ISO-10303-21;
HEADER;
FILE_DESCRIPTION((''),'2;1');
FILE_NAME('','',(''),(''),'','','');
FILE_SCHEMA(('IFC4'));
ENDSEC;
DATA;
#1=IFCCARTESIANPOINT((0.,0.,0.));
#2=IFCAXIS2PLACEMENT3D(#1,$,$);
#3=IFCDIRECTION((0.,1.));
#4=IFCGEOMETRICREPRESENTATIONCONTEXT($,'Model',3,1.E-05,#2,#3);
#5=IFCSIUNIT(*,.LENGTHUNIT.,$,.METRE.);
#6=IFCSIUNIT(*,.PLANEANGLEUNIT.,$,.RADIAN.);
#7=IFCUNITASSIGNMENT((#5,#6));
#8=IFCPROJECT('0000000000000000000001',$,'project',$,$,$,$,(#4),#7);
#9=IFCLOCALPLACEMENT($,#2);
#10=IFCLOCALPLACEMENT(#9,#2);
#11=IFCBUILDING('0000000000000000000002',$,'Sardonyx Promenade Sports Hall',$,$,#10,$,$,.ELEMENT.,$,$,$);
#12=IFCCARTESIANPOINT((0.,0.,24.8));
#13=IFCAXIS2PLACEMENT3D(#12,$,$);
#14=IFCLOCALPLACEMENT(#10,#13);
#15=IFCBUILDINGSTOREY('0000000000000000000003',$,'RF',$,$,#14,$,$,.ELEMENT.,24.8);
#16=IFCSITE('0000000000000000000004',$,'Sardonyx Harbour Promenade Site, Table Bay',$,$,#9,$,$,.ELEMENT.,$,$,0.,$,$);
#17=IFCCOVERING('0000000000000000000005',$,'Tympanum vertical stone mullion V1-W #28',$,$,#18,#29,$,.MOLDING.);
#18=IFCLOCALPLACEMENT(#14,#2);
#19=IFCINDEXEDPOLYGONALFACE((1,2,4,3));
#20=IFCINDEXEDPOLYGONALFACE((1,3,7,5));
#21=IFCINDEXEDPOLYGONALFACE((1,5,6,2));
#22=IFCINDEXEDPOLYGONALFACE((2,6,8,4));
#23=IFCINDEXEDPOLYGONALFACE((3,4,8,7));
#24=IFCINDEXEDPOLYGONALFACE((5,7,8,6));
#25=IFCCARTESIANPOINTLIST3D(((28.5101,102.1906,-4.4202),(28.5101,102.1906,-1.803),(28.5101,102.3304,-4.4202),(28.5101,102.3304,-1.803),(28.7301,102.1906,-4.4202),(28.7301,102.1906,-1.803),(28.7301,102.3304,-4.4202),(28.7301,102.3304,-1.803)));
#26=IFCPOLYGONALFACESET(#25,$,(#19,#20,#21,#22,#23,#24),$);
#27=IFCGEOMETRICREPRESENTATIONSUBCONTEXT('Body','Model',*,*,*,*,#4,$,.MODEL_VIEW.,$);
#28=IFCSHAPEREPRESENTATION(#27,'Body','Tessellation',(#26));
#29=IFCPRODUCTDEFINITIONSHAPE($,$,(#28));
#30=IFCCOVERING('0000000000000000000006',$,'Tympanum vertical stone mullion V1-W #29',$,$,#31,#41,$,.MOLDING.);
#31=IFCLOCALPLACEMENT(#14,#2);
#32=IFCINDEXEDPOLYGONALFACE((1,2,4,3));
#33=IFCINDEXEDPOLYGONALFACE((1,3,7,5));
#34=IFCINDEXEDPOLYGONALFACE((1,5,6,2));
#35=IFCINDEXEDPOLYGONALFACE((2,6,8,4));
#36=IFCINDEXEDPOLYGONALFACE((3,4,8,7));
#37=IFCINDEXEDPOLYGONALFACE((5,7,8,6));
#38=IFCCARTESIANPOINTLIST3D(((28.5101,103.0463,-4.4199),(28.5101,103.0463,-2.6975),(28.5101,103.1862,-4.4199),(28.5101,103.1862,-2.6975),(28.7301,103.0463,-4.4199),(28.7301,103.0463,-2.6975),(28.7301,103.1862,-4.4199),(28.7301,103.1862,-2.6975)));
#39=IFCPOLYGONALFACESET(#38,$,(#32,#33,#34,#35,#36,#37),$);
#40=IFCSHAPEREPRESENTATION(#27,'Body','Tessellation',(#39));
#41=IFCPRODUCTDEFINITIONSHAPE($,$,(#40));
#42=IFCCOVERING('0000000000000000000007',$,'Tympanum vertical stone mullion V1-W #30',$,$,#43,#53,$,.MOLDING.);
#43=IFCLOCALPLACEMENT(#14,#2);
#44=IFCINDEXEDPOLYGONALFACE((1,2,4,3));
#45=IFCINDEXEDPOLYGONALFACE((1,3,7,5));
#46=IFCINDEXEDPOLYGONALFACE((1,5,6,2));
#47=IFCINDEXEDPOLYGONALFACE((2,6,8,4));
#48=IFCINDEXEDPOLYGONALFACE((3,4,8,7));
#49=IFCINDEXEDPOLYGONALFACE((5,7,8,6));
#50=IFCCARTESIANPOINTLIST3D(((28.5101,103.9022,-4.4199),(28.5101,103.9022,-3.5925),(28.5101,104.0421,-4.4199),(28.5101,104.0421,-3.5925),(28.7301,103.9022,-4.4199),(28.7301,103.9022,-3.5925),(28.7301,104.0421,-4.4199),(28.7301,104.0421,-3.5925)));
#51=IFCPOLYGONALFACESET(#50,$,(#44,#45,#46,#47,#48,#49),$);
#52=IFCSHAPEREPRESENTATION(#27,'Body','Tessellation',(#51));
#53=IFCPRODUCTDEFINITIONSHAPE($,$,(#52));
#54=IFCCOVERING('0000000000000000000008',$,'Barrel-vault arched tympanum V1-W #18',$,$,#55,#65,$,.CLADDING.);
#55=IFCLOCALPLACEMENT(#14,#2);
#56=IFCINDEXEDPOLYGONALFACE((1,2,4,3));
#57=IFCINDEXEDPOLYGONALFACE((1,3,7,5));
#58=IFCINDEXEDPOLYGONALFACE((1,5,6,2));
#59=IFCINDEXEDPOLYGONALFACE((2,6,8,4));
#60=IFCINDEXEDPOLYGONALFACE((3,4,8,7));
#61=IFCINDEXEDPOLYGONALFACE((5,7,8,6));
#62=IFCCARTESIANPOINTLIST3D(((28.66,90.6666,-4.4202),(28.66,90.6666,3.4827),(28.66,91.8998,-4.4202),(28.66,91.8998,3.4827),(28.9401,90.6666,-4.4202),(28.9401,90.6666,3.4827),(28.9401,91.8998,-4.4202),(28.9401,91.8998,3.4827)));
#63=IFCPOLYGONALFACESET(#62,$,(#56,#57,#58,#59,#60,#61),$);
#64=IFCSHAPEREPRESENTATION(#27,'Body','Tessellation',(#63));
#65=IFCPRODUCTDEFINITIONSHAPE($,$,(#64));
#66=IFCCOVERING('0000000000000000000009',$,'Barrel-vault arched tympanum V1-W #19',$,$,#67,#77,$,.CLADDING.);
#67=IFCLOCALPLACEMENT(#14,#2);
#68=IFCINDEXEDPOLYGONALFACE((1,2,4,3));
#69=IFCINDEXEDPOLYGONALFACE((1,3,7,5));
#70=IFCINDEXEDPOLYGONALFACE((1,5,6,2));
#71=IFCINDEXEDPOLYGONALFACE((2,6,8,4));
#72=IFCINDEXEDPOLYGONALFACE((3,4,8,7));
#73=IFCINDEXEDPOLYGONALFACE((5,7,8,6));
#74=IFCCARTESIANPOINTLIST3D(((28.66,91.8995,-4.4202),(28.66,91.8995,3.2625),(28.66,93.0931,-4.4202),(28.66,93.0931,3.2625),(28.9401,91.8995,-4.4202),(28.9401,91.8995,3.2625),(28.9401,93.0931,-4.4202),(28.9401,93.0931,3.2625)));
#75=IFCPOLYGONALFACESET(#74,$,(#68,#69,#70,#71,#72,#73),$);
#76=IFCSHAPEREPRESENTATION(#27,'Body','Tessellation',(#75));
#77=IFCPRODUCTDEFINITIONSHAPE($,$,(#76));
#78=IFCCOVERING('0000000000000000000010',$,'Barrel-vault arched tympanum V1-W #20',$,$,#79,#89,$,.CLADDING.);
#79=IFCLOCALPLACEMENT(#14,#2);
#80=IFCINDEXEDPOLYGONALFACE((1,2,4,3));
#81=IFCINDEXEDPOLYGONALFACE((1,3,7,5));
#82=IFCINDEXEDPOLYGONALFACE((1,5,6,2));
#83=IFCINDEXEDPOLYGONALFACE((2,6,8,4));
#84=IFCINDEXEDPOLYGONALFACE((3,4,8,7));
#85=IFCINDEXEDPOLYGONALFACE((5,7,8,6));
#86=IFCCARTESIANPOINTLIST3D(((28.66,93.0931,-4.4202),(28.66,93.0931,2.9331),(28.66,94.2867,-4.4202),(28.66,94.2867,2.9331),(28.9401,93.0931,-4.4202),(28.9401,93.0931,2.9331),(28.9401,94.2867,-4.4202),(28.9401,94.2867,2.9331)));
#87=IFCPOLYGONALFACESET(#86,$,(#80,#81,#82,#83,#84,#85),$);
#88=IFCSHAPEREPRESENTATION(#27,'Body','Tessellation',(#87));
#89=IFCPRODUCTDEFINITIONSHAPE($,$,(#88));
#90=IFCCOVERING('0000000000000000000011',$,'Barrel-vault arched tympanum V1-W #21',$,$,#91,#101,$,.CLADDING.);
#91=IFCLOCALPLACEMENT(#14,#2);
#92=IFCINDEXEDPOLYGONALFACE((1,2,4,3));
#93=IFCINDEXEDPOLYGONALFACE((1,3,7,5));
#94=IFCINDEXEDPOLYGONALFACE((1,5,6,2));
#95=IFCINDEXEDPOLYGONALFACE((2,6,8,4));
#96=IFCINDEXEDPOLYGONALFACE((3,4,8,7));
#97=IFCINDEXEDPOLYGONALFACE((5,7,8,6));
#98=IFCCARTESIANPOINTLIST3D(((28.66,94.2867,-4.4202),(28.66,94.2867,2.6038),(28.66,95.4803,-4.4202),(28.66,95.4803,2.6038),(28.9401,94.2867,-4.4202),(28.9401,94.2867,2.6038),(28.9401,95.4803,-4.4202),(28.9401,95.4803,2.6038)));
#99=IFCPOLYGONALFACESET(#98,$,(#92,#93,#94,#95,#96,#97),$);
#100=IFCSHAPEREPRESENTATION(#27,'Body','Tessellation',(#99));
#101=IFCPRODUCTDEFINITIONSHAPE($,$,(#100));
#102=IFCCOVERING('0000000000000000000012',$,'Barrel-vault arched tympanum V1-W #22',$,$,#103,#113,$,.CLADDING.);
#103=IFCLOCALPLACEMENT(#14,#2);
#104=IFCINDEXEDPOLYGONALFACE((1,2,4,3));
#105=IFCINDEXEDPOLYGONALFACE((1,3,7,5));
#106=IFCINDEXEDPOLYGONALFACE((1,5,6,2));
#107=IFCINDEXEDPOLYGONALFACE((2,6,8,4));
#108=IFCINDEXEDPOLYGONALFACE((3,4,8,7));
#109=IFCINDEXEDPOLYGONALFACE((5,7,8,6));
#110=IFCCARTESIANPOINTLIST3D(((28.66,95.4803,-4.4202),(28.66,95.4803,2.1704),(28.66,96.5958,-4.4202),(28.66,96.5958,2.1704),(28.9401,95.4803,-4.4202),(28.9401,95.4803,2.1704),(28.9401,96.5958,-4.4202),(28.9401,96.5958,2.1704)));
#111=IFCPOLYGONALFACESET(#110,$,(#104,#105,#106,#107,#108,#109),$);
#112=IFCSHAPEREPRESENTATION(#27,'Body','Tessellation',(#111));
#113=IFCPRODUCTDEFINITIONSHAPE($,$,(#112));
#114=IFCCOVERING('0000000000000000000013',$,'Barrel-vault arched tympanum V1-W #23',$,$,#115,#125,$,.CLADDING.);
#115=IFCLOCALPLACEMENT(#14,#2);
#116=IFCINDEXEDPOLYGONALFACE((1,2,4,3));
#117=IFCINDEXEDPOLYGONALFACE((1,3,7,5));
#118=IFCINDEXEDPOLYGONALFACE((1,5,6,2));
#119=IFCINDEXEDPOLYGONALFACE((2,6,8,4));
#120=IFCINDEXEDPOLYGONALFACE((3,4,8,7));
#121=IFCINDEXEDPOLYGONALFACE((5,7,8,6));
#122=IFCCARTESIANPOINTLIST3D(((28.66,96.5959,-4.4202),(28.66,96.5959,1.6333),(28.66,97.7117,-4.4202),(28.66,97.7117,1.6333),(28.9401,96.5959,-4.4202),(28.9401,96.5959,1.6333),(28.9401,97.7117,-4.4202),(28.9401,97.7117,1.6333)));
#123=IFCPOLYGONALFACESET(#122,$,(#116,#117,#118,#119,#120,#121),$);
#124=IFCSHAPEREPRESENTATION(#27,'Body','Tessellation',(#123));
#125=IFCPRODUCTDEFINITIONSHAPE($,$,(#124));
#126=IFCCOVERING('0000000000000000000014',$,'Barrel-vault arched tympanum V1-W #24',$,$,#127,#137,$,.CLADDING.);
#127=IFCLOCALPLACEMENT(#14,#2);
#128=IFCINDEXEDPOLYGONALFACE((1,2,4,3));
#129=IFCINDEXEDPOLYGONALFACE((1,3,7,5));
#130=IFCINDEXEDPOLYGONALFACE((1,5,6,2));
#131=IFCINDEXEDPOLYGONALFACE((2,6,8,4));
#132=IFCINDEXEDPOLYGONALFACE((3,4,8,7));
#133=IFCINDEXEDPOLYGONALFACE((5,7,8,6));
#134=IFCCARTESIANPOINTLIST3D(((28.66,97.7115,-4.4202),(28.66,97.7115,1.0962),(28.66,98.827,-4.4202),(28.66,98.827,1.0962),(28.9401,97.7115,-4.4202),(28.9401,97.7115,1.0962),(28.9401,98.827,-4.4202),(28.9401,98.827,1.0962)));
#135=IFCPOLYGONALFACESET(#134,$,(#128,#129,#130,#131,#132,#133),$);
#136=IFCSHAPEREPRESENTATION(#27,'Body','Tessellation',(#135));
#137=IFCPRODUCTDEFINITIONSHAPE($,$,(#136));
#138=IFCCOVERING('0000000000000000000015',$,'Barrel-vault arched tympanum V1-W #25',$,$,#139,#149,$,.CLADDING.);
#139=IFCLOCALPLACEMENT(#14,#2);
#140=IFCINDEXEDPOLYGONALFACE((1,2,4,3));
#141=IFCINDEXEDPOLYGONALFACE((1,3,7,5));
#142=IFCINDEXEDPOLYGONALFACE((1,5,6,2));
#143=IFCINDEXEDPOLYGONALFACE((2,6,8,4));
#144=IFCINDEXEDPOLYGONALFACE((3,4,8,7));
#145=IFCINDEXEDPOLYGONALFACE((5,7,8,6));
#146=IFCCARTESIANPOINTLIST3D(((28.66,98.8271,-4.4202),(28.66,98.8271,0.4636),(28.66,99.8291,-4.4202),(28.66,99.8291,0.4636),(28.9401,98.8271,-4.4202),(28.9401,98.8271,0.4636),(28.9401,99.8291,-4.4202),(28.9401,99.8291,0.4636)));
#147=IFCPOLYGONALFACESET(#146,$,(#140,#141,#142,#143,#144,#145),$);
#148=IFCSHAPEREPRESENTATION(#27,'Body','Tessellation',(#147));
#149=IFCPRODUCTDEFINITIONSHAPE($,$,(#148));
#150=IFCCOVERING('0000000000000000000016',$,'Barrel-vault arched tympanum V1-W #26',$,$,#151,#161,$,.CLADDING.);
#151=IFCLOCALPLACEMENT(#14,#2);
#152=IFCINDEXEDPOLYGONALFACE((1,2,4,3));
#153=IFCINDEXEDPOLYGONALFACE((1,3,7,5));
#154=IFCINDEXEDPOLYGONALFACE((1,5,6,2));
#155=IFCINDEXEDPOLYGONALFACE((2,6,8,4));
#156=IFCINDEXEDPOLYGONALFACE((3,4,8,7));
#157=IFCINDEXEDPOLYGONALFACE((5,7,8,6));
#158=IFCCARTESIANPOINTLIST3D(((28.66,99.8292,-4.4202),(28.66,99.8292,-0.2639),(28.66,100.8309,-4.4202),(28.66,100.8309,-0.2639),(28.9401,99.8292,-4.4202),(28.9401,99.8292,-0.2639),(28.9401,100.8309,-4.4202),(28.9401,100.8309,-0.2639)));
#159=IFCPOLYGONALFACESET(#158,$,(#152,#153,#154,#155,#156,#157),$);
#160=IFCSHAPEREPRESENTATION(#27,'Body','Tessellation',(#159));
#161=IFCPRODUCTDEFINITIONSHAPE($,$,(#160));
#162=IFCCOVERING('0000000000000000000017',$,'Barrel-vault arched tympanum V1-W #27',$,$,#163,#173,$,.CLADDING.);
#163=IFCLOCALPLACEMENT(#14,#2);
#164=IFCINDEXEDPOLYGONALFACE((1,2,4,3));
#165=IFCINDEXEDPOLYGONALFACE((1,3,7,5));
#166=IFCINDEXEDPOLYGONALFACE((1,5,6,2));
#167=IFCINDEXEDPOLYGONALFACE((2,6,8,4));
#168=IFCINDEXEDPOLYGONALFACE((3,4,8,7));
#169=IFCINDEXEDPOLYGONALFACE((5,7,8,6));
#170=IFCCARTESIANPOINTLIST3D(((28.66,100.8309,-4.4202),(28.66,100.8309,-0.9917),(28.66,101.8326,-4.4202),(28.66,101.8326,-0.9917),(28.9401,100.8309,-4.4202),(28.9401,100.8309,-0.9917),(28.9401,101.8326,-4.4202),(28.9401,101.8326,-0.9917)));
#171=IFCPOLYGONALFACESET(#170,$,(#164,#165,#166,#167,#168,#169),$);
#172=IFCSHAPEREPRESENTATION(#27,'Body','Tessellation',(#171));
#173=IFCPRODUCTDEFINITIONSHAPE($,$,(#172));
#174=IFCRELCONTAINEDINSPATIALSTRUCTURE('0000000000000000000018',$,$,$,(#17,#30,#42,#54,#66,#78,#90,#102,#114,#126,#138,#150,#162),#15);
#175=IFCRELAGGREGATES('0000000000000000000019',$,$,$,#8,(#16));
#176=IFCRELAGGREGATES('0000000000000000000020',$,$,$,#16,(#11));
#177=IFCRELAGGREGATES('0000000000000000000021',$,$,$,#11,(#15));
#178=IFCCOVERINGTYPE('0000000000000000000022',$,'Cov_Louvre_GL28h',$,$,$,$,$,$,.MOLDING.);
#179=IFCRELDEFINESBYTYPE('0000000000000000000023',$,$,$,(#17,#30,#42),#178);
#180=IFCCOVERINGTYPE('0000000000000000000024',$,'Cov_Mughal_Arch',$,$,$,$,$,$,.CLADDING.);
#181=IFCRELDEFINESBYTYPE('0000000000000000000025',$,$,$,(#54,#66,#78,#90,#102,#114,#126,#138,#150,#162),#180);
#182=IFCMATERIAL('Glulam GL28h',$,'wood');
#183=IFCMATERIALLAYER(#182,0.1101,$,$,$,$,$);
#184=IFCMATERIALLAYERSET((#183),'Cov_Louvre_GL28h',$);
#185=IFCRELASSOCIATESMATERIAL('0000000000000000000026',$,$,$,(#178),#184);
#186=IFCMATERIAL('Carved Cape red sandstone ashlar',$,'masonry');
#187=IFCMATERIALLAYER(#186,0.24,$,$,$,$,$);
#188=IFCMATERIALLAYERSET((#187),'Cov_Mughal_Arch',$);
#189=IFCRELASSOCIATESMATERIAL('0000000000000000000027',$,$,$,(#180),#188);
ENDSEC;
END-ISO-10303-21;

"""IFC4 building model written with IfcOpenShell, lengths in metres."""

from ifc_helpers import new_model, si_unit, direction, frame, frame_2d, origin, origin_2d, place, context, subcontext, project, spatial, rectangle, extrude, material, layer, layer_set, type_object, element, save


model = new_model("IFC4")

# Units and contexts
model_context = context("Model", 3, precision=1e-05, world=origin(), true_north=direction((0.0, 1.0)))
body_context = subcontext(model_context, "Body", "Model", "MODEL_VIEW")
ifc_project = project(units=[si_unit("LENGTHUNIT", "METRE"), si_unit("PLANEANGLEUNIT", "RADIAN")], contexts=[model_context])

# Site, building, storey
site_placement = place(None, origin())
site = spatial("IfcSite", under=ifc_project, at=site_placement, Name="Sardonyx Harbour Promenade Site, Table Bay", CompositionType="ELEMENT", RefElevation=0.0)
building_placement = place(site_placement, origin())
building = spatial("IfcBuilding", under=site, at=building_placement, Name="Sardonyx Promenade Sports Hall", CompositionType="ELEMENT")
storey_placement = place(building_placement, frame((0.0, 0.0, 24.8)))
storey = spatial("IfcBuildingStorey", under=building, at=storey_placement, Name="RF", CompositionType="ELEMENT", Elevation=24.8)

# Coverings
ifc_material_1 = material(Name="Glulam GL28h", Category="wood")
ifc_layer_1 = layer(ifc_material_1, 0.1101)
ifc_layer_set_1 = layer_set([ifc_layer_1], Name="Cov_Louvre_GL28h")
covering_type_1 = type_object("IfcCoveringType", Name="Cov_Louvre_GL28h", PredefinedType="MOLDING", material=ifc_layer_set_1)
covering_1_placement = place(storey_placement, frame((28.6201, 102.2605, -4.4202), z_axis=(0.0, 0.0, 1.0), x_axis=(1.0, 0.0, 0.0)))
element("IfcCovering", 1, at=covering_1_placement, inside=storey, type_object=covering_type_1, Name="Tympanum vertical stone mullion V1-W #28", PredefinedType="MOLDING", context=body_context, shape_type="SweptSolid", body=[
    extrude(rectangle(XDim=0.22, YDim=0.1399, at=origin_2d()), origin(), (0.0, 0.0, 1.0), 2.6172),
])
covering_2_placement = place(storey_placement, frame((28.6201, 103.1162, -4.4199), z_axis=(0.0, 0.0, 1.0), x_axis=(1.0, 0.0, 0.0)))
element("IfcCovering", 2, at=covering_2_placement, inside=storey, type_object=covering_type_1, Name="Tympanum vertical stone mullion V1-W #29", PredefinedType="MOLDING", context=body_context, shape_type="SweptSolid", body=[
    extrude(rectangle(XDim=0.22, YDim=0.1399, at=origin_2d()), origin(), (0.0, 0.0, 1.0), 1.7224),
])
covering_3_placement = place(storey_placement, frame((28.6201, 103.9722, -4.4199), z_axis=(0.0, 0.0, 1.0), x_axis=(1.0, 0.0, 0.0)))
element("IfcCovering", 3, at=covering_3_placement, inside=storey, type_object=covering_type_1, Name="Tympanum vertical stone mullion V1-W #30", PredefinedType="MOLDING", context=body_context, shape_type="SweptSolid", body=[
    extrude(rectangle(XDim=0.22, YDim=0.1399, at=origin_2d()), origin(), (0.0, 0.0, 1.0), 0.8274),
])
ifc_material_2 = material(Name="Carved Cape red sandstone ashlar", Category="masonry")
ifc_layer_2 = layer(ifc_material_2, 0.24)
ifc_layer_set_2 = layer_set([ifc_layer_2], Name="Cov_Mughal_Arch")
covering_type_2 = type_object("IfcCoveringType", Name="Cov_Mughal_Arch", PredefinedType="CLADDING", material=ifc_layer_set_2)
covering_4_placement = place(storey_placement, frame((28.8, 90.6665, -4.4202), z_axis=(0.0, 0.0, 1.0), x_axis=(0.0, 1.0, 0.0)))
element("IfcCovering", 4, at=covering_4_placement, inside=storey, type_object=covering_type_2, Name="Barrel-vault arched tympanum V1-W #18", PredefinedType="CLADDING", context=body_context, shape_type="SweptSolid", body=[
    extrude(rectangle(XDim=1.2332, YDim=0.28, at=frame_2d((0.6167, 0.0))), origin(), (0.0, 0.0, 1.0), 7.9028),
])
covering_5_placement = place(storey_placement, frame((28.8, 91.8997, -4.4202), z_axis=(0.0, 0.0, 1.0), x_axis=(0.0, 1.0, 0.0)))
element("IfcCovering", 5, at=covering_5_placement, inside=storey, type_object=covering_type_2, Name="Barrel-vault arched tympanum V1-W #19", PredefinedType="CLADDING", context=body_context, shape_type="SweptSolid", body=[
    extrude(rectangle(XDim=1.1936, YDim=0.28, at=frame_2d((0.5967, 0.0))), origin(), (0.0, 0.0, 1.0), 7.6826),
])
covering_6_placement = place(storey_placement, frame((28.8, 93.0933, -4.4202), z_axis=(0.0, 0.0, 1.0), x_axis=(0.0, 1.0, 0.0)))
element("IfcCovering", 6, at=covering_6_placement, inside=storey, type_object=covering_type_2, Name="Barrel-vault arched tympanum V1-W #20", PredefinedType="CLADDING", context=body_context, shape_type="SweptSolid", body=[
    extrude(rectangle(XDim=1.1936, YDim=0.28, at=frame_2d((0.5967, 0.0))), origin(), (0.0, 0.0, 1.0), 7.3533),
])
covering_7_placement = place(storey_placement, frame((28.8, 94.2869, -4.4202), z_axis=(0.0, 0.0, 1.0), x_axis=(0.0, 1.0, 0.0)))
element("IfcCovering", 7, at=covering_7_placement, inside=storey, type_object=covering_type_2, Name="Barrel-vault arched tympanum V1-W #21", PredefinedType="CLADDING", context=body_context, shape_type="SweptSolid", body=[
    extrude(rectangle(XDim=1.1936, YDim=0.28, at=frame_2d((0.5967, 0.0))), origin(), (0.0, 0.0, 1.0), 7.0239),
])
covering_8_placement = place(storey_placement, frame((28.8, 95.4805, -4.4202), z_axis=(0.0, 0.0, 1.0), x_axis=(0.0, 1.0, 0.0)))
element("IfcCovering", 8, at=covering_8_placement, inside=storey, type_object=covering_type_2, Name="Barrel-vault arched tympanum V1-W #22", PredefinedType="CLADDING", context=body_context, shape_type="SweptSolid", body=[
    extrude(rectangle(XDim=1.1155, YDim=0.28, at=frame_2d((0.5576, 0.0))), origin(), (0.0, 0.0, 1.0), 6.5906),
])
covering_9_placement = place(storey_placement, frame((28.8, 96.5959, -4.4202), z_axis=(0.0, 0.0, 1.0), x_axis=(0.0, 1.0, 0.0)))
element("IfcCovering", 9, at=covering_9_placement, inside=storey, type_object=covering_type_2, Name="Barrel-vault arched tympanum V1-W #23", PredefinedType="CLADDING", context=body_context, shape_type="SweptSolid", body=[
    extrude(rectangle(XDim=1.1157, YDim=0.28, at=frame_2d((0.5579, 0.0))), origin(), (0.0, 0.0, 1.0), 6.0535),
])
covering_10_placement = place(storey_placement, frame((28.8, 97.7117, -4.4202), z_axis=(0.0, 0.0, 1.0), x_axis=(0.0, 1.0, 0.0)))
element("IfcCovering", 10, at=covering_10_placement, inside=storey, type_object=covering_type_2, Name="Barrel-vault arched tympanum V1-W #24", PredefinedType="CLADDING", context=body_context, shape_type="SweptSolid", body=[
    extrude(rectangle(XDim=1.1155, YDim=0.28, at=frame_2d((0.5576, 0.0))), origin(), (0.0, 0.0, 1.0), 5.5164),
])
covering_11_placement = place(storey_placement, frame((28.8, 98.8271, -4.4202), z_axis=(0.0, 0.0, 1.0), x_axis=(0.0, 1.0, 0.0)))
element("IfcCovering", 11, at=covering_11_placement, inside=storey, type_object=covering_type_2, Name="Barrel-vault arched tympanum V1-W #25", PredefinedType="CLADDING", context=body_context, shape_type="SweptSolid", body=[
    extrude(rectangle(XDim=1.002, YDim=0.28, at=frame_2d((0.501, 0.0))), origin(), (0.0, 0.0, 1.0), 4.8838),
])
covering_12_placement = place(storey_placement, frame((28.8, 99.8291, -4.4202), z_axis=(0.0, 0.0, 1.0), x_axis=(0.0, 1.0, 0.0)))
element("IfcCovering", 12, at=covering_12_placement, inside=storey, type_object=covering_type_2, Name="Barrel-vault arched tympanum V1-W #26", PredefinedType="CLADDING", context=body_context, shape_type="SweptSolid", body=[
    extrude(rectangle(XDim=1.0017, YDim=0.28, at=frame_2d((0.501, 0.0))), origin(), (0.0, 0.0, 1.0), 4.1562),
])
covering_13_placement = place(storey_placement, frame((28.8, 100.8308, -4.4202), z_axis=(0.0, 0.0, 1.0), x_axis=(0.0, 1.0, 0.0)))
element("IfcCovering", 13, at=covering_13_placement, inside=storey, type_object=covering_type_2, Name="Barrel-vault arched tympanum V1-W #27", PredefinedType="CLADDING", context=body_context, shape_type="SweptSolid", body=[
    extrude(rectangle(XDim=1.0017, YDim=0.28, at=frame_2d((0.501, 0.0))), origin(), (0.0, 0.0, 1.0), 3.4285),
])

save(model, "model.ifc")
